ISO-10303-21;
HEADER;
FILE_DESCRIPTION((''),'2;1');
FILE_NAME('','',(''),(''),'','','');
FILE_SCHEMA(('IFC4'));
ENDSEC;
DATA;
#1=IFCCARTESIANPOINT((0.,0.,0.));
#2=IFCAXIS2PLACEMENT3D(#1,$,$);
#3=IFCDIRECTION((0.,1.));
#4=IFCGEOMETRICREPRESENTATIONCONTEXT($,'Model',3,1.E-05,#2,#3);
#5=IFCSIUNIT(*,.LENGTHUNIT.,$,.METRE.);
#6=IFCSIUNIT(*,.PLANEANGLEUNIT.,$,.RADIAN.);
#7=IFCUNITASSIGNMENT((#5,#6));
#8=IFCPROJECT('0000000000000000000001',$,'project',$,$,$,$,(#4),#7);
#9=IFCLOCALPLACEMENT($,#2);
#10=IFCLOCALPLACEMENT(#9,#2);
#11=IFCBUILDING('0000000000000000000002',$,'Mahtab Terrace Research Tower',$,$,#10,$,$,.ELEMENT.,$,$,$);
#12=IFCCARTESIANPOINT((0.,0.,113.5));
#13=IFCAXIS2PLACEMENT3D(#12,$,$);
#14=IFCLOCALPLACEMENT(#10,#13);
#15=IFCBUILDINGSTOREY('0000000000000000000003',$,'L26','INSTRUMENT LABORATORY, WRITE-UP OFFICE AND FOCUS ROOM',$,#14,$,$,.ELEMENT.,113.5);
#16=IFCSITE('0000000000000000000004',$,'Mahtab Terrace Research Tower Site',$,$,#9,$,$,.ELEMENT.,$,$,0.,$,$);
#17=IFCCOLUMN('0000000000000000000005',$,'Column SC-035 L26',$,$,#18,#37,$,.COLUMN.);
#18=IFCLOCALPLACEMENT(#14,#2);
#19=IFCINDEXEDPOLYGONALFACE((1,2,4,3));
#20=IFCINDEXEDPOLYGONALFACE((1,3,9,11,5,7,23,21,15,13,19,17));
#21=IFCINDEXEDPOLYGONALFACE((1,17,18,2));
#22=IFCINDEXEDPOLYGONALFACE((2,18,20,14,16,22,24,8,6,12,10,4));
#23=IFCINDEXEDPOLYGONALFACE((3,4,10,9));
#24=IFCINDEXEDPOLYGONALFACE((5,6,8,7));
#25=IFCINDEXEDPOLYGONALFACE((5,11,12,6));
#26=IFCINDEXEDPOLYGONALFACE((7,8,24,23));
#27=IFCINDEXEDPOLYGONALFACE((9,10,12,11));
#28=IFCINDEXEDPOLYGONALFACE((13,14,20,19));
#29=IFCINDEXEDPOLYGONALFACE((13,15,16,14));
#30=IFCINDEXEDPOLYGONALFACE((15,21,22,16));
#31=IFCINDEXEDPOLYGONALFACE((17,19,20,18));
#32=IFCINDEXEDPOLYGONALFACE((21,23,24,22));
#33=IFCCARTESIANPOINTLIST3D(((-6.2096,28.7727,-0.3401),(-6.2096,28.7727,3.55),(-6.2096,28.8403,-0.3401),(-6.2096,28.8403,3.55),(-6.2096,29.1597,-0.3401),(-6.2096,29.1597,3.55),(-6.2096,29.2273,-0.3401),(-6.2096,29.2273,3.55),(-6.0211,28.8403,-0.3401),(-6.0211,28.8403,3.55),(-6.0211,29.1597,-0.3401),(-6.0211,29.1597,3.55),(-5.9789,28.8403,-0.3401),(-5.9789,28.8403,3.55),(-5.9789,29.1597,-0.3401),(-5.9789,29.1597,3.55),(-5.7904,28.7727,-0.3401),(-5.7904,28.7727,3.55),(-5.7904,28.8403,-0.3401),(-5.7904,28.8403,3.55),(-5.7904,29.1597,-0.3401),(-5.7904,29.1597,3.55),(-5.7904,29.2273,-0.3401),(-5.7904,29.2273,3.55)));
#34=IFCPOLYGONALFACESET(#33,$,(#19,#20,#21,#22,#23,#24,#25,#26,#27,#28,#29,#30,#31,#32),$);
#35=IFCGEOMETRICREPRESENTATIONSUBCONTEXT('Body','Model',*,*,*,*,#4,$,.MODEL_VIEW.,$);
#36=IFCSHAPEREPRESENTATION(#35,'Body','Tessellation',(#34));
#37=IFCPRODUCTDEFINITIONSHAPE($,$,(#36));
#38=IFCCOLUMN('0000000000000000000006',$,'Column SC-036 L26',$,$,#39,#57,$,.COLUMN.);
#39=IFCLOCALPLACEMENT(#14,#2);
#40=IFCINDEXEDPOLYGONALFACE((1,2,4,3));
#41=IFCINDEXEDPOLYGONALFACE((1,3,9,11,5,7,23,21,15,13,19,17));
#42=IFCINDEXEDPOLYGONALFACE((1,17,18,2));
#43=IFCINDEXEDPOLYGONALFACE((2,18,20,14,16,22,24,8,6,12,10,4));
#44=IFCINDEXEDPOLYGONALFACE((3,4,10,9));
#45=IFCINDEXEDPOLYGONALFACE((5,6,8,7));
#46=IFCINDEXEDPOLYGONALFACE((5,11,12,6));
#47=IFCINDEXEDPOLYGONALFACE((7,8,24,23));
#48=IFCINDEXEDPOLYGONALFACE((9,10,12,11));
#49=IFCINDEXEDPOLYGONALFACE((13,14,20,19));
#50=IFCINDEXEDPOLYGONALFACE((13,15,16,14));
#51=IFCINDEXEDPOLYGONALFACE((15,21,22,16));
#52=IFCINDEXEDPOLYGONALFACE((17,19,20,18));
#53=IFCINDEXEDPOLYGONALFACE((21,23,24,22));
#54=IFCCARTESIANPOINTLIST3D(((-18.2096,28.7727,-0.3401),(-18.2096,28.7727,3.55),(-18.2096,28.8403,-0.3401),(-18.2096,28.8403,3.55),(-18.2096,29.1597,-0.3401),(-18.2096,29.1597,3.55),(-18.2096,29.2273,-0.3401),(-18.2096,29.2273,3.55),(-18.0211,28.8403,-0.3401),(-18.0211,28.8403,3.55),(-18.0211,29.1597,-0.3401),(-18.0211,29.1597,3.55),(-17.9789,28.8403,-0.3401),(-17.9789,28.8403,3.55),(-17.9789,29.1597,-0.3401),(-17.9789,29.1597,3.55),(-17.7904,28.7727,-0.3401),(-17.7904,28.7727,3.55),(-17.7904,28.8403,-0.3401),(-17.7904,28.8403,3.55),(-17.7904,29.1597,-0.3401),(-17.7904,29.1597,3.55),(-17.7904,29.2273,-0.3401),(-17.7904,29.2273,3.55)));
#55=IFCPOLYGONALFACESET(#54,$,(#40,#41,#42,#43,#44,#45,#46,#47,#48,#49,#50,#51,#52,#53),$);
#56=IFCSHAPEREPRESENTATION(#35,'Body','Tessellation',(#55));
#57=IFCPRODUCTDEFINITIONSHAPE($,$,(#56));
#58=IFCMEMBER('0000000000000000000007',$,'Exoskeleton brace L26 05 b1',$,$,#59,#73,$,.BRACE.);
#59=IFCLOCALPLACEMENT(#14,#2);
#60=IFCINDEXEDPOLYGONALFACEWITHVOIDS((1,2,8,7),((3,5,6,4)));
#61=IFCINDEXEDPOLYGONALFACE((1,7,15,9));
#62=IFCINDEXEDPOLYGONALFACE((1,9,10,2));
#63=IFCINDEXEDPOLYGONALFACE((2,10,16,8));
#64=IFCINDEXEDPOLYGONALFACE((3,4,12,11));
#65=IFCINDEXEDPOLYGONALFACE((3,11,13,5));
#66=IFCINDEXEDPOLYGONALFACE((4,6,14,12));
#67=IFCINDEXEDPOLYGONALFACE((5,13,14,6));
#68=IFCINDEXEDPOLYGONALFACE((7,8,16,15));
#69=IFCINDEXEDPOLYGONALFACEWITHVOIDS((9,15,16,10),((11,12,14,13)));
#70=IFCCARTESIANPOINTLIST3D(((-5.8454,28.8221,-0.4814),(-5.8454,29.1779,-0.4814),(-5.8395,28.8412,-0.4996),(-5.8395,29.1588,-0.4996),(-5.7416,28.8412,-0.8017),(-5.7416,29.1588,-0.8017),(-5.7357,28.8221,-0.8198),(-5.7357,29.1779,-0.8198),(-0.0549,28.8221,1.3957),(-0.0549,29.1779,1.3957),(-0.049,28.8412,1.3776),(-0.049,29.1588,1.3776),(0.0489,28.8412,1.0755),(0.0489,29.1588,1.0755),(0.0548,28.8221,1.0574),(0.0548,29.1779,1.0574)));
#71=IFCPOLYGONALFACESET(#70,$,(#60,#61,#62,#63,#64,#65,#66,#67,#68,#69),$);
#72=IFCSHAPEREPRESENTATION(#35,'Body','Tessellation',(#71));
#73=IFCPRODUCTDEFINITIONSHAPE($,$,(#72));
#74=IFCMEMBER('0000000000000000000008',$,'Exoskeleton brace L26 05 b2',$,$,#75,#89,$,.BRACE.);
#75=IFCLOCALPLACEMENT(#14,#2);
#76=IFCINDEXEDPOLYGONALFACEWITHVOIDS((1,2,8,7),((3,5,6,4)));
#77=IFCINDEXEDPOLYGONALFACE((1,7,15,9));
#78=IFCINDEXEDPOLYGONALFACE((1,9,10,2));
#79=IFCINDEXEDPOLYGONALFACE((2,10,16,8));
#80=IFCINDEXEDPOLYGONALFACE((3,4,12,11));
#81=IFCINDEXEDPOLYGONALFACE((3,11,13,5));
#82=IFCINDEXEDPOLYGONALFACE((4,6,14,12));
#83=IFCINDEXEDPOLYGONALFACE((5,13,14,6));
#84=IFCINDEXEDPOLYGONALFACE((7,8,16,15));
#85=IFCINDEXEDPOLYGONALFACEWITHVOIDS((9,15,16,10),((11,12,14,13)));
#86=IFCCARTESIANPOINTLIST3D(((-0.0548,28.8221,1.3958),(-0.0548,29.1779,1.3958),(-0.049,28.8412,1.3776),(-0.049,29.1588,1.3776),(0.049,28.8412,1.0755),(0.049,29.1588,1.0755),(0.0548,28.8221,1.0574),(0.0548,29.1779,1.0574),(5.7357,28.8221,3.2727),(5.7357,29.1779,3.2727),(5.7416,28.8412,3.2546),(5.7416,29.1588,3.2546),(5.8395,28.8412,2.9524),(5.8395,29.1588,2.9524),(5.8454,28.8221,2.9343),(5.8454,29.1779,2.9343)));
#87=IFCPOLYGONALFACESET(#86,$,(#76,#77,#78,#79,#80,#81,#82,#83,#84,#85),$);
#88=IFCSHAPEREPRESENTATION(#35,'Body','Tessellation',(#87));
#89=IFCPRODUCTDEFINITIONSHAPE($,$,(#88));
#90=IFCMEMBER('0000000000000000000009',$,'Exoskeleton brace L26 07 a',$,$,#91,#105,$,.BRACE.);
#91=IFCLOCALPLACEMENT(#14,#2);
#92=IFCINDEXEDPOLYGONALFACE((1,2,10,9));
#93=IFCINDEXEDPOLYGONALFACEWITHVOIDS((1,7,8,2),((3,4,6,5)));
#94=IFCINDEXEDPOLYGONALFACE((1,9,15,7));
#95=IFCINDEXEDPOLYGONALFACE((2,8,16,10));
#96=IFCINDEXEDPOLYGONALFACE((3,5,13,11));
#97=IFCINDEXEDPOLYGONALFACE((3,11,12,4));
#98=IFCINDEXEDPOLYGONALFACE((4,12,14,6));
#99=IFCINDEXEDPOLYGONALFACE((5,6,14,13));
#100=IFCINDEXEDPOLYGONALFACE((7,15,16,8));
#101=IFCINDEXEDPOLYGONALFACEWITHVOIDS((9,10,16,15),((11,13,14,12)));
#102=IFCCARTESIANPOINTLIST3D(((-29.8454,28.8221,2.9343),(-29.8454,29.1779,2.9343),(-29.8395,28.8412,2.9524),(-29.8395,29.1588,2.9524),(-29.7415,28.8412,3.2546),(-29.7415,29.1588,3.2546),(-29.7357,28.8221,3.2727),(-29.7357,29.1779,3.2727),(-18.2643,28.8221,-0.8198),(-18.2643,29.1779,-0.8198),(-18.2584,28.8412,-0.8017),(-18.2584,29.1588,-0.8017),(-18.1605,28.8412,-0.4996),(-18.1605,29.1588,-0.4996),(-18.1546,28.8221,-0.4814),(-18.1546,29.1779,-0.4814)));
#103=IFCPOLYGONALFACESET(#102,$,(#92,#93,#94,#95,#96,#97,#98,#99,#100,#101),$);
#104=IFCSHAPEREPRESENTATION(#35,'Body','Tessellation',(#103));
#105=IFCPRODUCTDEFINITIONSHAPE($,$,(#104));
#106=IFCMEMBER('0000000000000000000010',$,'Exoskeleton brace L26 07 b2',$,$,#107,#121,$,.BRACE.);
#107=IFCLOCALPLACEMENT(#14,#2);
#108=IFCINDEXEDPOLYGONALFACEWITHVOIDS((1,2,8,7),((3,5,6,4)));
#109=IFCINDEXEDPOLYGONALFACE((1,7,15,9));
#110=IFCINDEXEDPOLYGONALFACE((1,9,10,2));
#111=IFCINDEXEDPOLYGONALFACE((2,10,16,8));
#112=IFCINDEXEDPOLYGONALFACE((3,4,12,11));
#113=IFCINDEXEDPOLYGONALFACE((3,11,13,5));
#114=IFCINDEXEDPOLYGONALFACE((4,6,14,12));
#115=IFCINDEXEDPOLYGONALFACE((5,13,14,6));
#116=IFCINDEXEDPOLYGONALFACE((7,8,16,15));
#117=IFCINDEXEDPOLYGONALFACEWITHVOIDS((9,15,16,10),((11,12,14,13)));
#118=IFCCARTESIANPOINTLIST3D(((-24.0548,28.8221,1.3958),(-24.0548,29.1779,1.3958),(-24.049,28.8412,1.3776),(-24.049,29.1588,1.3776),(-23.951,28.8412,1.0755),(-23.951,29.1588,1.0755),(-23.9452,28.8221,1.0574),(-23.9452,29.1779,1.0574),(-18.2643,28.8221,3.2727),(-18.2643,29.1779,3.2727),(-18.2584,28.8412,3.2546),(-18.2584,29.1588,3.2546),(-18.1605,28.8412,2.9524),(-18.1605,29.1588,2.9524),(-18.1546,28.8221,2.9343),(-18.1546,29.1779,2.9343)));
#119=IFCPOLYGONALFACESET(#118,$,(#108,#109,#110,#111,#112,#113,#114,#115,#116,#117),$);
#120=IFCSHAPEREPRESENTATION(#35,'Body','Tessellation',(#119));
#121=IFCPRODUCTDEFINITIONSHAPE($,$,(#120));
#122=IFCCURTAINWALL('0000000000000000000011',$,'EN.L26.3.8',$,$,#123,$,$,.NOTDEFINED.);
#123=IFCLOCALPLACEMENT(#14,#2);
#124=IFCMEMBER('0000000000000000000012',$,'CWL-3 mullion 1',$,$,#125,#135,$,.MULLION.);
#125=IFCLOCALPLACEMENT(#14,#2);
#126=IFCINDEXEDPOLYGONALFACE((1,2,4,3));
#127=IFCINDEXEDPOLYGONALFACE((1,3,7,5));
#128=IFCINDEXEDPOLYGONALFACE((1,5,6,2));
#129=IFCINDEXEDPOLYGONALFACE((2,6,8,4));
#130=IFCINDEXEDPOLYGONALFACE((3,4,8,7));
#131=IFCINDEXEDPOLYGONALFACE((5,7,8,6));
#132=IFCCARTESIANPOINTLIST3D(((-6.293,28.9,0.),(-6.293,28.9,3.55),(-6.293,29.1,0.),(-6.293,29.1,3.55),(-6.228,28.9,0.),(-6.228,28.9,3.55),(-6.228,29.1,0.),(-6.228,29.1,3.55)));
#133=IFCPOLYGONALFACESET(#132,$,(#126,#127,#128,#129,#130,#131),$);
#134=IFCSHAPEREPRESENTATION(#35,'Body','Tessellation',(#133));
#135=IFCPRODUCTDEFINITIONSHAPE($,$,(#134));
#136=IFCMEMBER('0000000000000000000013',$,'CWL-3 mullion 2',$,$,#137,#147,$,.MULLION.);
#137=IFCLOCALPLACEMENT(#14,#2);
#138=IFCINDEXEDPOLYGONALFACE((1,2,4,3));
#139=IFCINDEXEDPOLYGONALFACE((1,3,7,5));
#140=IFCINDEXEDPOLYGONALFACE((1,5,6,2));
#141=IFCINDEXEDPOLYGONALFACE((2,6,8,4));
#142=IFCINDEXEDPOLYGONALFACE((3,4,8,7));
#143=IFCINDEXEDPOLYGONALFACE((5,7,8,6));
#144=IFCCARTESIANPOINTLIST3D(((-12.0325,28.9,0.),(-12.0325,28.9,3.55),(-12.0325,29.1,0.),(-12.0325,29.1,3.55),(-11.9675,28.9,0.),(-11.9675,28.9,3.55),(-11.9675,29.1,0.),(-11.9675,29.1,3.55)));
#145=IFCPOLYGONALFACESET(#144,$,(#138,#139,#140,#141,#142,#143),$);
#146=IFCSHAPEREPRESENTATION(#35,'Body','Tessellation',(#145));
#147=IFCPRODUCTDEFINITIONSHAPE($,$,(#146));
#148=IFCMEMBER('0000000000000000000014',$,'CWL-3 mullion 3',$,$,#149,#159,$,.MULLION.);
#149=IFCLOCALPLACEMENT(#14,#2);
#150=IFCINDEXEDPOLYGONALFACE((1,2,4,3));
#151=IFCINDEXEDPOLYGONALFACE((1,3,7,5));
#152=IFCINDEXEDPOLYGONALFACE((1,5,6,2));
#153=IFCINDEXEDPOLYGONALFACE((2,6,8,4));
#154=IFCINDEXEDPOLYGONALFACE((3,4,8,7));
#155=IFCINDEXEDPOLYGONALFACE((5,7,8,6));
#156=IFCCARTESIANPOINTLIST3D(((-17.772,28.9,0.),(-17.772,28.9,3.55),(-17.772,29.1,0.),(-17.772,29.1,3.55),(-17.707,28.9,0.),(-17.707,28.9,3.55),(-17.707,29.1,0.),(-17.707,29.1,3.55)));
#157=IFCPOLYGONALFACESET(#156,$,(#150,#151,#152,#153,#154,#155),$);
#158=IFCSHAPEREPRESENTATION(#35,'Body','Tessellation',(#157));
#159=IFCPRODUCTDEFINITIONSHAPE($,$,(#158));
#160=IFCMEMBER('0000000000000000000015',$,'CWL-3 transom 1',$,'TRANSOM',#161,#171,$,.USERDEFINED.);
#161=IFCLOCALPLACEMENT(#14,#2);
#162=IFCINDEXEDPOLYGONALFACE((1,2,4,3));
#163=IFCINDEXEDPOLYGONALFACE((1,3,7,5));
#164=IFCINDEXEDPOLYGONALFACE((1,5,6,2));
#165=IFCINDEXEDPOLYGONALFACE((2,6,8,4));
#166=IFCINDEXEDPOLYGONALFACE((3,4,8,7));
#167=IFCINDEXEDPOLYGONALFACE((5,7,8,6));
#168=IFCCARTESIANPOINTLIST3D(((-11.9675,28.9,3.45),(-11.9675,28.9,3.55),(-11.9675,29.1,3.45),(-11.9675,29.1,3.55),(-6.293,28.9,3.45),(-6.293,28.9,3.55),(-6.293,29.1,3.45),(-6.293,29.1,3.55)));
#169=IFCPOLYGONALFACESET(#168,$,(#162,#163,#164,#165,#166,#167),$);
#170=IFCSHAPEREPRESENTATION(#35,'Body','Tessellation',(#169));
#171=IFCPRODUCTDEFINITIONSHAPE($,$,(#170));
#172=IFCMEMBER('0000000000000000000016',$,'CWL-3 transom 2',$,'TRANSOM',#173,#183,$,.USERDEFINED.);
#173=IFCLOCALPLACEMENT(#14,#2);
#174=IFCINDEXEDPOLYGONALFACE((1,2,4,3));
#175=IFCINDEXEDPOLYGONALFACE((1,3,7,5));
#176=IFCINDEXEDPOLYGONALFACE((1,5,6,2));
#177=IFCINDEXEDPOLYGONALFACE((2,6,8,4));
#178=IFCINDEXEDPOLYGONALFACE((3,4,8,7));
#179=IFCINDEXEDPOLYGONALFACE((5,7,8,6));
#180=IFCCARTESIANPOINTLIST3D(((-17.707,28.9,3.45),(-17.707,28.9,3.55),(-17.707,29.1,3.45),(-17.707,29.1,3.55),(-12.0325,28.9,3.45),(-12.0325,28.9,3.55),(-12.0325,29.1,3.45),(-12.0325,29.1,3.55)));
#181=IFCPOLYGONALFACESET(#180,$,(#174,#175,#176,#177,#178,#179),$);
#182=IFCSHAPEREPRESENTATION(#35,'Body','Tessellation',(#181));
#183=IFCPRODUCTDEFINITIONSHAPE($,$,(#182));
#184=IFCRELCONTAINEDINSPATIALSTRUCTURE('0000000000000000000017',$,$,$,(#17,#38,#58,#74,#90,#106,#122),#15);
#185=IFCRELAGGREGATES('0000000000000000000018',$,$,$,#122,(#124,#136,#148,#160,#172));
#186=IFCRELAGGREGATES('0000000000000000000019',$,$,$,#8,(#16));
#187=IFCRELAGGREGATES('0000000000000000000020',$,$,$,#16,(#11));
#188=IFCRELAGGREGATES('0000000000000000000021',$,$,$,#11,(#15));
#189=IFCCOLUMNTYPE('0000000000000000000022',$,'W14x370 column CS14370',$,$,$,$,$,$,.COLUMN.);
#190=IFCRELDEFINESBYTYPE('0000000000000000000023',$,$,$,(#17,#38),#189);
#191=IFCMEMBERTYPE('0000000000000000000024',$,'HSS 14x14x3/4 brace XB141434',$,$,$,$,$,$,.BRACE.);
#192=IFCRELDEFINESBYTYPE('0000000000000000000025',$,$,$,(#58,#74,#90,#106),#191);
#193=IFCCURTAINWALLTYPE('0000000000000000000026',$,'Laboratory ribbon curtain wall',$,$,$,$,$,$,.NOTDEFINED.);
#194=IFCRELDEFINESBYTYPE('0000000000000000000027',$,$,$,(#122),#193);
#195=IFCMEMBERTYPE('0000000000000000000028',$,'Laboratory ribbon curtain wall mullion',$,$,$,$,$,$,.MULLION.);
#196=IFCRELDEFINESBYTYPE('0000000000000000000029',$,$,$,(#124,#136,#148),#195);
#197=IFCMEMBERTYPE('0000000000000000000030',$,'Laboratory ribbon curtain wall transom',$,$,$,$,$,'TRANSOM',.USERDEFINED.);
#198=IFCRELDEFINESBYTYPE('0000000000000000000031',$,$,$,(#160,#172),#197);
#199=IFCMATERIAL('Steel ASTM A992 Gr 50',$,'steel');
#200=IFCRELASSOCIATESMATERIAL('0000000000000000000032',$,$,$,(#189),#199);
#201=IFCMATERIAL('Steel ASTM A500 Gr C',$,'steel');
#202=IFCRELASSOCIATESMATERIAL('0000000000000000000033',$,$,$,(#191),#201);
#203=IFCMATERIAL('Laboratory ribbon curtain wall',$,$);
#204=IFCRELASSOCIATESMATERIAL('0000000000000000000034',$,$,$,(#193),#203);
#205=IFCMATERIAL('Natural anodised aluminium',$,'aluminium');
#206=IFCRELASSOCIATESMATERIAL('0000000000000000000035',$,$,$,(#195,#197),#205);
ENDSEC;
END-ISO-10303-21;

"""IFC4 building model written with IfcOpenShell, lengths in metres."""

from ifc_helpers import new_model, si_unit, direction, frame, origin, origin_2d, place, context, subcontext, project, spatial, rectangle, hollow_rectangle, i_section, extrude, material, material_profile, profile_set, type_object, element, aggregate, save


model = new_model("IFC4")

# Units and contexts
model_context = context("Model", 3, precision=1e-05, world=origin(), true_north=direction((0.0, 1.0)))
body_context = subcontext(model_context, "Body", "Model", "MODEL_VIEW")
ifc_project = project(units=[si_unit("LENGTHUNIT", "METRE"), si_unit("PLANEANGLEUNIT", "RADIAN")], contexts=[model_context])

# Site, building, storey
site_placement = place(None, origin())
site = spatial("IfcSite", under=ifc_project, at=site_placement, Name="Mahtab Terrace Research Tower Site", CompositionType="ELEMENT", RefElevation=0.0)
building_placement = place(site_placement, origin())
building = spatial("IfcBuilding", under=site, at=building_placement, Name="Mahtab Terrace Research Tower", CompositionType="ELEMENT")
storey_placement = place(building_placement, frame((0.0, 0.0, 113.5)))
storey = spatial("IfcBuildingStorey", under=building, at=storey_placement, Name="L26", Description="INSTRUMENT LABORATORY, WRITE-UP OFFICE AND FOCUS ROOM", CompositionType="ELEMENT", Elevation=113.5)

# Columns
ifc_material_1 = material(Name="Steel ASTM A992 Gr 50", Category="steel")
ifc_material_profile_1 = material_profile(ifc_material_1, i_section(OverallWidth=0.4192, OverallDepth=0.4546, WebThickness=0.0422, FlangeThickness=0.0676, at=origin_2d()), Name="W14X370")
ifc_profile_set_1 = profile_set([ifc_material_profile_1], Name="Steel ASTM A992 Gr 50")
column_type = type_object("IfcColumnType", Name="W14x370 column CS14370", PredefinedType="COLUMN", material=ifc_profile_set_1)
for number, where, z_axis, x_axis, name in (
    (1, (-6.0, 29.0, -0.3401), (0.0, 0.0, 1.0), (1.0, 0.0, 0.0), "Column SC-035 L26"),
    (2, (-18.0, 29.0, -0.3401), (0.0, 0.0, 1.0), (1.0, 0.0, 0.0), "Column SC-036 L26"),
):
    element("IfcColumn", number, at=place(storey_placement, frame(where, z_axis=z_axis, x_axis=x_axis)), inside=storey, type_object=column_type, Name=name, PredefinedType="COLUMN", context=body_context, shape_type="SweptSolid", body=[
        extrude(i_section(OverallWidth=0.4192, OverallDepth=0.4546, WebThickness=0.0422, FlangeThickness=0.0676, at=origin_2d()), origin(), (0.0, 0.0, 1.0), 3.8901),
    ])

# Members
ifc_material_2 = material(Name="Steel ASTM A500 Gr C", Category="steel")
ifc_material_profile_2 = material_profile(ifc_material_2, hollow_rectangle(XDim=0.3557, YDim=0.3557, WallThickness=0.019, at=origin_2d()), Name="HSS14X14X3/4")
ifc_profile_set_2 = profile_set([ifc_material_profile_2], Name="Steel ASTM A500 Gr C")
member_type_1 = type_object("IfcMemberType", Name="HSS 14x14x3/4 brace XB141434", PredefinedType="BRACE", material=ifc_profile_set_2)
for number, where, z_axis, x_axis, name in (
    (3, (-5.7905, 29.0, -0.6506), (0.951262, 0.0, 0.308384), (0.0, 1.0, 0.0), "Exoskeleton brace L26 05 b1"),
    (4, (0.0, 29.0, 1.2266), (0.951274, 0.0, 0.308348), (0.0, 1.0, 0.0), "Exoskeleton brace L26 05 b2"),
):
    element("IfcMember", number, at=place(storey_placement, frame(where, z_axis=z_axis, x_axis=x_axis)), inside=storey, type_object=member_type_1, Name=name, PredefinedType="BRACE", context=body_context, shape_type="SweptSolid", body=[
        extrude(hollow_rectangle(XDim=0.3557, YDim=0.3557, WallThickness=0.019, at=origin_2d()), origin(), (0.0, 0.0, 1.0), 6.0872),
    ])
member_1_placement = place(storey_placement, frame((-18.2095, 29.0, -0.6506), z_axis=(-0.951268, 0.0, 0.308366), x_axis=(0.0, -1.0, 0.0)))
element("IfcMember", 5, at=member_1_placement, inside=storey, type_object=member_type_1, Name="Exoskeleton brace L26 07 a", PredefinedType="BRACE", context=body_context, shape_type="SweptSolid", body=[
    extrude(hollow_rectangle(XDim=0.3557, YDim=0.3557, WallThickness=0.019, at=origin_2d()), origin(), (0.0, 0.0, 1.0), 12.1743),
])
member_2_placement = place(storey_placement, frame((-24.0, 29.0, 1.2266), z_axis=(0.951274, 0.0, 0.308348), x_axis=(0.0, 1.0, 0.0)))
element("IfcMember", 6, at=member_2_placement, inside=storey, type_object=member_type_1, Name="Exoskeleton brace L26 07 b2", PredefinedType="BRACE", context=body_context, shape_type="SweptSolid", body=[
    extrude(hollow_rectangle(XDim=0.3557, YDim=0.3557, WallThickness=0.019, at=origin_2d()), origin(), (0.0, 0.0, 1.0), 6.0872),
])

# Curtain wall, members
ifc_material_3 = material(Name="Laboratory ribbon curtain wall")
curtain_wall_type = type_object("IfcCurtainWallType", Name="Laboratory ribbon curtain wall", PredefinedType="NOTDEFINED", material=ifc_material_3)
curtain_wall_placement = place(storey_placement, origin())
curtain_wall = element("IfcCurtainWall", 7, at=curtain_wall_placement, inside=storey, type_object=curtain_wall_type, Name="EN.L26.3.8", PredefinedType="NOTDEFINED")
ifc_material_4 = material(Name="Natural anodised aluminium", Category="aluminium")
ifc_material_profile_3 = material_profile(ifc_material_4, rectangle(XDim=0.2, YDim=0.0649, at=origin_2d()), Name="MULLION 65x200")
ifc_profile_set_3 = profile_set([ifc_material_profile_3], Name="Natural anodised aluminium")
member_type_2 = type_object("IfcMemberType", Name="Laboratory ribbon curtain wall mullion", PredefinedType="MULLION", material=ifc_profile_set_3)
member_3_placement = place(storey_placement, frame((-6.2605, 29.0, 0.0), z_axis=(0.0, 0.0, 1.0), x_axis=(0.0, -1.0, 0.0)))
member_3 = element("IfcMember", 8, at=member_3_placement, type_object=member_type_2, Name="CWL-3 mullion 1", PredefinedType="MULLION", context=body_context, shape_type="SweptSolid", body=[
    extrude(rectangle(XDim=0.2, YDim=0.0649, at=origin_2d()), origin(), (0.0, 0.0, 1.0), 3.55),
])
member_4_placement = place(storey_placement, frame((-12.0, 29.0, 0.0), z_axis=(0.0, 0.0, 1.0), x_axis=(0.0, -1.0, 0.0)))
member_4 = element("IfcMember", 9, at=member_4_placement, type_object=member_type_2, Name="CWL-3 mullion 2", PredefinedType="MULLION", context=body_context, shape_type="SweptSolid", body=[
    extrude(rectangle(XDim=0.2, YDim=0.0649, at=origin_2d()), origin(), (0.0, 0.0, 1.0), 3.55),
])
member_5_placement = place(storey_placement, frame((-17.7395, 29.0, 0.0), z_axis=(0.0, 0.0, 1.0), x_axis=(0.0, -1.0, 0.0)))
member_5 = element("IfcMember", 10, at=member_5_placement, type_object=member_type_2, Name="CWL-3 mullion 3", PredefinedType="MULLION", context=body_context, shape_type="SweptSolid", body=[
    extrude(rectangle(XDim=0.2, YDim=0.0649, at=origin_2d()), origin(), (0.0, 0.0, 1.0), 3.55),
])
ifc_material_profile_4 = material_profile(ifc_material_4, rectangle(XDim=0.2, YDim=0.1001, at=origin_2d()), Name="TRANSOM 100x200")
ifc_profile_set_4 = profile_set([ifc_material_profile_4], Name="Natural anodised aluminium")
member_type_3 = type_object("IfcMemberType", Name="Laboratory ribbon curtain wall transom", ElementType="TRANSOM", PredefinedType="USERDEFINED", material=ifc_profile_set_4)
member_6_placement = place(storey_placement, frame((-6.293, 29.0, 3.5), z_axis=(-1.0, 0.0, 0.0), x_axis=(0.0, -1.0, 0.0)))
member_6 = element("IfcMember", 11, at=member_6_placement, type_object=member_type_3, Name="CWL-3 transom 1", ObjectType="TRANSOM", PredefinedType="USERDEFINED", context=body_context, shape_type="SweptSolid", body=[
    extrude(rectangle(XDim=0.2, YDim=0.1001, at=origin_2d()), origin(), (0.0, 0.0, 1.0), 5.6746),
])
member_7_placement = place(storey_placement, frame((-12.0325, 29.0, 3.5), z_axis=(-1.0, 0.0, 0.0), x_axis=(0.0, -1.0, 0.0)))
member_7 = element("IfcMember", 12, at=member_7_placement, type_object=member_type_3, Name="CWL-3 transom 2", ObjectType="TRANSOM", PredefinedType="USERDEFINED", context=body_context, shape_type="SweptSolid", body=[
    extrude(rectangle(XDim=0.2, YDim=0.1001, at=origin_2d()), origin(), (0.0, 0.0, 1.0), 5.6746),
])

aggregate(curtain_wall, [member_3, member_4, member_5, member_6, member_7])

save(model, "model.ifc")
